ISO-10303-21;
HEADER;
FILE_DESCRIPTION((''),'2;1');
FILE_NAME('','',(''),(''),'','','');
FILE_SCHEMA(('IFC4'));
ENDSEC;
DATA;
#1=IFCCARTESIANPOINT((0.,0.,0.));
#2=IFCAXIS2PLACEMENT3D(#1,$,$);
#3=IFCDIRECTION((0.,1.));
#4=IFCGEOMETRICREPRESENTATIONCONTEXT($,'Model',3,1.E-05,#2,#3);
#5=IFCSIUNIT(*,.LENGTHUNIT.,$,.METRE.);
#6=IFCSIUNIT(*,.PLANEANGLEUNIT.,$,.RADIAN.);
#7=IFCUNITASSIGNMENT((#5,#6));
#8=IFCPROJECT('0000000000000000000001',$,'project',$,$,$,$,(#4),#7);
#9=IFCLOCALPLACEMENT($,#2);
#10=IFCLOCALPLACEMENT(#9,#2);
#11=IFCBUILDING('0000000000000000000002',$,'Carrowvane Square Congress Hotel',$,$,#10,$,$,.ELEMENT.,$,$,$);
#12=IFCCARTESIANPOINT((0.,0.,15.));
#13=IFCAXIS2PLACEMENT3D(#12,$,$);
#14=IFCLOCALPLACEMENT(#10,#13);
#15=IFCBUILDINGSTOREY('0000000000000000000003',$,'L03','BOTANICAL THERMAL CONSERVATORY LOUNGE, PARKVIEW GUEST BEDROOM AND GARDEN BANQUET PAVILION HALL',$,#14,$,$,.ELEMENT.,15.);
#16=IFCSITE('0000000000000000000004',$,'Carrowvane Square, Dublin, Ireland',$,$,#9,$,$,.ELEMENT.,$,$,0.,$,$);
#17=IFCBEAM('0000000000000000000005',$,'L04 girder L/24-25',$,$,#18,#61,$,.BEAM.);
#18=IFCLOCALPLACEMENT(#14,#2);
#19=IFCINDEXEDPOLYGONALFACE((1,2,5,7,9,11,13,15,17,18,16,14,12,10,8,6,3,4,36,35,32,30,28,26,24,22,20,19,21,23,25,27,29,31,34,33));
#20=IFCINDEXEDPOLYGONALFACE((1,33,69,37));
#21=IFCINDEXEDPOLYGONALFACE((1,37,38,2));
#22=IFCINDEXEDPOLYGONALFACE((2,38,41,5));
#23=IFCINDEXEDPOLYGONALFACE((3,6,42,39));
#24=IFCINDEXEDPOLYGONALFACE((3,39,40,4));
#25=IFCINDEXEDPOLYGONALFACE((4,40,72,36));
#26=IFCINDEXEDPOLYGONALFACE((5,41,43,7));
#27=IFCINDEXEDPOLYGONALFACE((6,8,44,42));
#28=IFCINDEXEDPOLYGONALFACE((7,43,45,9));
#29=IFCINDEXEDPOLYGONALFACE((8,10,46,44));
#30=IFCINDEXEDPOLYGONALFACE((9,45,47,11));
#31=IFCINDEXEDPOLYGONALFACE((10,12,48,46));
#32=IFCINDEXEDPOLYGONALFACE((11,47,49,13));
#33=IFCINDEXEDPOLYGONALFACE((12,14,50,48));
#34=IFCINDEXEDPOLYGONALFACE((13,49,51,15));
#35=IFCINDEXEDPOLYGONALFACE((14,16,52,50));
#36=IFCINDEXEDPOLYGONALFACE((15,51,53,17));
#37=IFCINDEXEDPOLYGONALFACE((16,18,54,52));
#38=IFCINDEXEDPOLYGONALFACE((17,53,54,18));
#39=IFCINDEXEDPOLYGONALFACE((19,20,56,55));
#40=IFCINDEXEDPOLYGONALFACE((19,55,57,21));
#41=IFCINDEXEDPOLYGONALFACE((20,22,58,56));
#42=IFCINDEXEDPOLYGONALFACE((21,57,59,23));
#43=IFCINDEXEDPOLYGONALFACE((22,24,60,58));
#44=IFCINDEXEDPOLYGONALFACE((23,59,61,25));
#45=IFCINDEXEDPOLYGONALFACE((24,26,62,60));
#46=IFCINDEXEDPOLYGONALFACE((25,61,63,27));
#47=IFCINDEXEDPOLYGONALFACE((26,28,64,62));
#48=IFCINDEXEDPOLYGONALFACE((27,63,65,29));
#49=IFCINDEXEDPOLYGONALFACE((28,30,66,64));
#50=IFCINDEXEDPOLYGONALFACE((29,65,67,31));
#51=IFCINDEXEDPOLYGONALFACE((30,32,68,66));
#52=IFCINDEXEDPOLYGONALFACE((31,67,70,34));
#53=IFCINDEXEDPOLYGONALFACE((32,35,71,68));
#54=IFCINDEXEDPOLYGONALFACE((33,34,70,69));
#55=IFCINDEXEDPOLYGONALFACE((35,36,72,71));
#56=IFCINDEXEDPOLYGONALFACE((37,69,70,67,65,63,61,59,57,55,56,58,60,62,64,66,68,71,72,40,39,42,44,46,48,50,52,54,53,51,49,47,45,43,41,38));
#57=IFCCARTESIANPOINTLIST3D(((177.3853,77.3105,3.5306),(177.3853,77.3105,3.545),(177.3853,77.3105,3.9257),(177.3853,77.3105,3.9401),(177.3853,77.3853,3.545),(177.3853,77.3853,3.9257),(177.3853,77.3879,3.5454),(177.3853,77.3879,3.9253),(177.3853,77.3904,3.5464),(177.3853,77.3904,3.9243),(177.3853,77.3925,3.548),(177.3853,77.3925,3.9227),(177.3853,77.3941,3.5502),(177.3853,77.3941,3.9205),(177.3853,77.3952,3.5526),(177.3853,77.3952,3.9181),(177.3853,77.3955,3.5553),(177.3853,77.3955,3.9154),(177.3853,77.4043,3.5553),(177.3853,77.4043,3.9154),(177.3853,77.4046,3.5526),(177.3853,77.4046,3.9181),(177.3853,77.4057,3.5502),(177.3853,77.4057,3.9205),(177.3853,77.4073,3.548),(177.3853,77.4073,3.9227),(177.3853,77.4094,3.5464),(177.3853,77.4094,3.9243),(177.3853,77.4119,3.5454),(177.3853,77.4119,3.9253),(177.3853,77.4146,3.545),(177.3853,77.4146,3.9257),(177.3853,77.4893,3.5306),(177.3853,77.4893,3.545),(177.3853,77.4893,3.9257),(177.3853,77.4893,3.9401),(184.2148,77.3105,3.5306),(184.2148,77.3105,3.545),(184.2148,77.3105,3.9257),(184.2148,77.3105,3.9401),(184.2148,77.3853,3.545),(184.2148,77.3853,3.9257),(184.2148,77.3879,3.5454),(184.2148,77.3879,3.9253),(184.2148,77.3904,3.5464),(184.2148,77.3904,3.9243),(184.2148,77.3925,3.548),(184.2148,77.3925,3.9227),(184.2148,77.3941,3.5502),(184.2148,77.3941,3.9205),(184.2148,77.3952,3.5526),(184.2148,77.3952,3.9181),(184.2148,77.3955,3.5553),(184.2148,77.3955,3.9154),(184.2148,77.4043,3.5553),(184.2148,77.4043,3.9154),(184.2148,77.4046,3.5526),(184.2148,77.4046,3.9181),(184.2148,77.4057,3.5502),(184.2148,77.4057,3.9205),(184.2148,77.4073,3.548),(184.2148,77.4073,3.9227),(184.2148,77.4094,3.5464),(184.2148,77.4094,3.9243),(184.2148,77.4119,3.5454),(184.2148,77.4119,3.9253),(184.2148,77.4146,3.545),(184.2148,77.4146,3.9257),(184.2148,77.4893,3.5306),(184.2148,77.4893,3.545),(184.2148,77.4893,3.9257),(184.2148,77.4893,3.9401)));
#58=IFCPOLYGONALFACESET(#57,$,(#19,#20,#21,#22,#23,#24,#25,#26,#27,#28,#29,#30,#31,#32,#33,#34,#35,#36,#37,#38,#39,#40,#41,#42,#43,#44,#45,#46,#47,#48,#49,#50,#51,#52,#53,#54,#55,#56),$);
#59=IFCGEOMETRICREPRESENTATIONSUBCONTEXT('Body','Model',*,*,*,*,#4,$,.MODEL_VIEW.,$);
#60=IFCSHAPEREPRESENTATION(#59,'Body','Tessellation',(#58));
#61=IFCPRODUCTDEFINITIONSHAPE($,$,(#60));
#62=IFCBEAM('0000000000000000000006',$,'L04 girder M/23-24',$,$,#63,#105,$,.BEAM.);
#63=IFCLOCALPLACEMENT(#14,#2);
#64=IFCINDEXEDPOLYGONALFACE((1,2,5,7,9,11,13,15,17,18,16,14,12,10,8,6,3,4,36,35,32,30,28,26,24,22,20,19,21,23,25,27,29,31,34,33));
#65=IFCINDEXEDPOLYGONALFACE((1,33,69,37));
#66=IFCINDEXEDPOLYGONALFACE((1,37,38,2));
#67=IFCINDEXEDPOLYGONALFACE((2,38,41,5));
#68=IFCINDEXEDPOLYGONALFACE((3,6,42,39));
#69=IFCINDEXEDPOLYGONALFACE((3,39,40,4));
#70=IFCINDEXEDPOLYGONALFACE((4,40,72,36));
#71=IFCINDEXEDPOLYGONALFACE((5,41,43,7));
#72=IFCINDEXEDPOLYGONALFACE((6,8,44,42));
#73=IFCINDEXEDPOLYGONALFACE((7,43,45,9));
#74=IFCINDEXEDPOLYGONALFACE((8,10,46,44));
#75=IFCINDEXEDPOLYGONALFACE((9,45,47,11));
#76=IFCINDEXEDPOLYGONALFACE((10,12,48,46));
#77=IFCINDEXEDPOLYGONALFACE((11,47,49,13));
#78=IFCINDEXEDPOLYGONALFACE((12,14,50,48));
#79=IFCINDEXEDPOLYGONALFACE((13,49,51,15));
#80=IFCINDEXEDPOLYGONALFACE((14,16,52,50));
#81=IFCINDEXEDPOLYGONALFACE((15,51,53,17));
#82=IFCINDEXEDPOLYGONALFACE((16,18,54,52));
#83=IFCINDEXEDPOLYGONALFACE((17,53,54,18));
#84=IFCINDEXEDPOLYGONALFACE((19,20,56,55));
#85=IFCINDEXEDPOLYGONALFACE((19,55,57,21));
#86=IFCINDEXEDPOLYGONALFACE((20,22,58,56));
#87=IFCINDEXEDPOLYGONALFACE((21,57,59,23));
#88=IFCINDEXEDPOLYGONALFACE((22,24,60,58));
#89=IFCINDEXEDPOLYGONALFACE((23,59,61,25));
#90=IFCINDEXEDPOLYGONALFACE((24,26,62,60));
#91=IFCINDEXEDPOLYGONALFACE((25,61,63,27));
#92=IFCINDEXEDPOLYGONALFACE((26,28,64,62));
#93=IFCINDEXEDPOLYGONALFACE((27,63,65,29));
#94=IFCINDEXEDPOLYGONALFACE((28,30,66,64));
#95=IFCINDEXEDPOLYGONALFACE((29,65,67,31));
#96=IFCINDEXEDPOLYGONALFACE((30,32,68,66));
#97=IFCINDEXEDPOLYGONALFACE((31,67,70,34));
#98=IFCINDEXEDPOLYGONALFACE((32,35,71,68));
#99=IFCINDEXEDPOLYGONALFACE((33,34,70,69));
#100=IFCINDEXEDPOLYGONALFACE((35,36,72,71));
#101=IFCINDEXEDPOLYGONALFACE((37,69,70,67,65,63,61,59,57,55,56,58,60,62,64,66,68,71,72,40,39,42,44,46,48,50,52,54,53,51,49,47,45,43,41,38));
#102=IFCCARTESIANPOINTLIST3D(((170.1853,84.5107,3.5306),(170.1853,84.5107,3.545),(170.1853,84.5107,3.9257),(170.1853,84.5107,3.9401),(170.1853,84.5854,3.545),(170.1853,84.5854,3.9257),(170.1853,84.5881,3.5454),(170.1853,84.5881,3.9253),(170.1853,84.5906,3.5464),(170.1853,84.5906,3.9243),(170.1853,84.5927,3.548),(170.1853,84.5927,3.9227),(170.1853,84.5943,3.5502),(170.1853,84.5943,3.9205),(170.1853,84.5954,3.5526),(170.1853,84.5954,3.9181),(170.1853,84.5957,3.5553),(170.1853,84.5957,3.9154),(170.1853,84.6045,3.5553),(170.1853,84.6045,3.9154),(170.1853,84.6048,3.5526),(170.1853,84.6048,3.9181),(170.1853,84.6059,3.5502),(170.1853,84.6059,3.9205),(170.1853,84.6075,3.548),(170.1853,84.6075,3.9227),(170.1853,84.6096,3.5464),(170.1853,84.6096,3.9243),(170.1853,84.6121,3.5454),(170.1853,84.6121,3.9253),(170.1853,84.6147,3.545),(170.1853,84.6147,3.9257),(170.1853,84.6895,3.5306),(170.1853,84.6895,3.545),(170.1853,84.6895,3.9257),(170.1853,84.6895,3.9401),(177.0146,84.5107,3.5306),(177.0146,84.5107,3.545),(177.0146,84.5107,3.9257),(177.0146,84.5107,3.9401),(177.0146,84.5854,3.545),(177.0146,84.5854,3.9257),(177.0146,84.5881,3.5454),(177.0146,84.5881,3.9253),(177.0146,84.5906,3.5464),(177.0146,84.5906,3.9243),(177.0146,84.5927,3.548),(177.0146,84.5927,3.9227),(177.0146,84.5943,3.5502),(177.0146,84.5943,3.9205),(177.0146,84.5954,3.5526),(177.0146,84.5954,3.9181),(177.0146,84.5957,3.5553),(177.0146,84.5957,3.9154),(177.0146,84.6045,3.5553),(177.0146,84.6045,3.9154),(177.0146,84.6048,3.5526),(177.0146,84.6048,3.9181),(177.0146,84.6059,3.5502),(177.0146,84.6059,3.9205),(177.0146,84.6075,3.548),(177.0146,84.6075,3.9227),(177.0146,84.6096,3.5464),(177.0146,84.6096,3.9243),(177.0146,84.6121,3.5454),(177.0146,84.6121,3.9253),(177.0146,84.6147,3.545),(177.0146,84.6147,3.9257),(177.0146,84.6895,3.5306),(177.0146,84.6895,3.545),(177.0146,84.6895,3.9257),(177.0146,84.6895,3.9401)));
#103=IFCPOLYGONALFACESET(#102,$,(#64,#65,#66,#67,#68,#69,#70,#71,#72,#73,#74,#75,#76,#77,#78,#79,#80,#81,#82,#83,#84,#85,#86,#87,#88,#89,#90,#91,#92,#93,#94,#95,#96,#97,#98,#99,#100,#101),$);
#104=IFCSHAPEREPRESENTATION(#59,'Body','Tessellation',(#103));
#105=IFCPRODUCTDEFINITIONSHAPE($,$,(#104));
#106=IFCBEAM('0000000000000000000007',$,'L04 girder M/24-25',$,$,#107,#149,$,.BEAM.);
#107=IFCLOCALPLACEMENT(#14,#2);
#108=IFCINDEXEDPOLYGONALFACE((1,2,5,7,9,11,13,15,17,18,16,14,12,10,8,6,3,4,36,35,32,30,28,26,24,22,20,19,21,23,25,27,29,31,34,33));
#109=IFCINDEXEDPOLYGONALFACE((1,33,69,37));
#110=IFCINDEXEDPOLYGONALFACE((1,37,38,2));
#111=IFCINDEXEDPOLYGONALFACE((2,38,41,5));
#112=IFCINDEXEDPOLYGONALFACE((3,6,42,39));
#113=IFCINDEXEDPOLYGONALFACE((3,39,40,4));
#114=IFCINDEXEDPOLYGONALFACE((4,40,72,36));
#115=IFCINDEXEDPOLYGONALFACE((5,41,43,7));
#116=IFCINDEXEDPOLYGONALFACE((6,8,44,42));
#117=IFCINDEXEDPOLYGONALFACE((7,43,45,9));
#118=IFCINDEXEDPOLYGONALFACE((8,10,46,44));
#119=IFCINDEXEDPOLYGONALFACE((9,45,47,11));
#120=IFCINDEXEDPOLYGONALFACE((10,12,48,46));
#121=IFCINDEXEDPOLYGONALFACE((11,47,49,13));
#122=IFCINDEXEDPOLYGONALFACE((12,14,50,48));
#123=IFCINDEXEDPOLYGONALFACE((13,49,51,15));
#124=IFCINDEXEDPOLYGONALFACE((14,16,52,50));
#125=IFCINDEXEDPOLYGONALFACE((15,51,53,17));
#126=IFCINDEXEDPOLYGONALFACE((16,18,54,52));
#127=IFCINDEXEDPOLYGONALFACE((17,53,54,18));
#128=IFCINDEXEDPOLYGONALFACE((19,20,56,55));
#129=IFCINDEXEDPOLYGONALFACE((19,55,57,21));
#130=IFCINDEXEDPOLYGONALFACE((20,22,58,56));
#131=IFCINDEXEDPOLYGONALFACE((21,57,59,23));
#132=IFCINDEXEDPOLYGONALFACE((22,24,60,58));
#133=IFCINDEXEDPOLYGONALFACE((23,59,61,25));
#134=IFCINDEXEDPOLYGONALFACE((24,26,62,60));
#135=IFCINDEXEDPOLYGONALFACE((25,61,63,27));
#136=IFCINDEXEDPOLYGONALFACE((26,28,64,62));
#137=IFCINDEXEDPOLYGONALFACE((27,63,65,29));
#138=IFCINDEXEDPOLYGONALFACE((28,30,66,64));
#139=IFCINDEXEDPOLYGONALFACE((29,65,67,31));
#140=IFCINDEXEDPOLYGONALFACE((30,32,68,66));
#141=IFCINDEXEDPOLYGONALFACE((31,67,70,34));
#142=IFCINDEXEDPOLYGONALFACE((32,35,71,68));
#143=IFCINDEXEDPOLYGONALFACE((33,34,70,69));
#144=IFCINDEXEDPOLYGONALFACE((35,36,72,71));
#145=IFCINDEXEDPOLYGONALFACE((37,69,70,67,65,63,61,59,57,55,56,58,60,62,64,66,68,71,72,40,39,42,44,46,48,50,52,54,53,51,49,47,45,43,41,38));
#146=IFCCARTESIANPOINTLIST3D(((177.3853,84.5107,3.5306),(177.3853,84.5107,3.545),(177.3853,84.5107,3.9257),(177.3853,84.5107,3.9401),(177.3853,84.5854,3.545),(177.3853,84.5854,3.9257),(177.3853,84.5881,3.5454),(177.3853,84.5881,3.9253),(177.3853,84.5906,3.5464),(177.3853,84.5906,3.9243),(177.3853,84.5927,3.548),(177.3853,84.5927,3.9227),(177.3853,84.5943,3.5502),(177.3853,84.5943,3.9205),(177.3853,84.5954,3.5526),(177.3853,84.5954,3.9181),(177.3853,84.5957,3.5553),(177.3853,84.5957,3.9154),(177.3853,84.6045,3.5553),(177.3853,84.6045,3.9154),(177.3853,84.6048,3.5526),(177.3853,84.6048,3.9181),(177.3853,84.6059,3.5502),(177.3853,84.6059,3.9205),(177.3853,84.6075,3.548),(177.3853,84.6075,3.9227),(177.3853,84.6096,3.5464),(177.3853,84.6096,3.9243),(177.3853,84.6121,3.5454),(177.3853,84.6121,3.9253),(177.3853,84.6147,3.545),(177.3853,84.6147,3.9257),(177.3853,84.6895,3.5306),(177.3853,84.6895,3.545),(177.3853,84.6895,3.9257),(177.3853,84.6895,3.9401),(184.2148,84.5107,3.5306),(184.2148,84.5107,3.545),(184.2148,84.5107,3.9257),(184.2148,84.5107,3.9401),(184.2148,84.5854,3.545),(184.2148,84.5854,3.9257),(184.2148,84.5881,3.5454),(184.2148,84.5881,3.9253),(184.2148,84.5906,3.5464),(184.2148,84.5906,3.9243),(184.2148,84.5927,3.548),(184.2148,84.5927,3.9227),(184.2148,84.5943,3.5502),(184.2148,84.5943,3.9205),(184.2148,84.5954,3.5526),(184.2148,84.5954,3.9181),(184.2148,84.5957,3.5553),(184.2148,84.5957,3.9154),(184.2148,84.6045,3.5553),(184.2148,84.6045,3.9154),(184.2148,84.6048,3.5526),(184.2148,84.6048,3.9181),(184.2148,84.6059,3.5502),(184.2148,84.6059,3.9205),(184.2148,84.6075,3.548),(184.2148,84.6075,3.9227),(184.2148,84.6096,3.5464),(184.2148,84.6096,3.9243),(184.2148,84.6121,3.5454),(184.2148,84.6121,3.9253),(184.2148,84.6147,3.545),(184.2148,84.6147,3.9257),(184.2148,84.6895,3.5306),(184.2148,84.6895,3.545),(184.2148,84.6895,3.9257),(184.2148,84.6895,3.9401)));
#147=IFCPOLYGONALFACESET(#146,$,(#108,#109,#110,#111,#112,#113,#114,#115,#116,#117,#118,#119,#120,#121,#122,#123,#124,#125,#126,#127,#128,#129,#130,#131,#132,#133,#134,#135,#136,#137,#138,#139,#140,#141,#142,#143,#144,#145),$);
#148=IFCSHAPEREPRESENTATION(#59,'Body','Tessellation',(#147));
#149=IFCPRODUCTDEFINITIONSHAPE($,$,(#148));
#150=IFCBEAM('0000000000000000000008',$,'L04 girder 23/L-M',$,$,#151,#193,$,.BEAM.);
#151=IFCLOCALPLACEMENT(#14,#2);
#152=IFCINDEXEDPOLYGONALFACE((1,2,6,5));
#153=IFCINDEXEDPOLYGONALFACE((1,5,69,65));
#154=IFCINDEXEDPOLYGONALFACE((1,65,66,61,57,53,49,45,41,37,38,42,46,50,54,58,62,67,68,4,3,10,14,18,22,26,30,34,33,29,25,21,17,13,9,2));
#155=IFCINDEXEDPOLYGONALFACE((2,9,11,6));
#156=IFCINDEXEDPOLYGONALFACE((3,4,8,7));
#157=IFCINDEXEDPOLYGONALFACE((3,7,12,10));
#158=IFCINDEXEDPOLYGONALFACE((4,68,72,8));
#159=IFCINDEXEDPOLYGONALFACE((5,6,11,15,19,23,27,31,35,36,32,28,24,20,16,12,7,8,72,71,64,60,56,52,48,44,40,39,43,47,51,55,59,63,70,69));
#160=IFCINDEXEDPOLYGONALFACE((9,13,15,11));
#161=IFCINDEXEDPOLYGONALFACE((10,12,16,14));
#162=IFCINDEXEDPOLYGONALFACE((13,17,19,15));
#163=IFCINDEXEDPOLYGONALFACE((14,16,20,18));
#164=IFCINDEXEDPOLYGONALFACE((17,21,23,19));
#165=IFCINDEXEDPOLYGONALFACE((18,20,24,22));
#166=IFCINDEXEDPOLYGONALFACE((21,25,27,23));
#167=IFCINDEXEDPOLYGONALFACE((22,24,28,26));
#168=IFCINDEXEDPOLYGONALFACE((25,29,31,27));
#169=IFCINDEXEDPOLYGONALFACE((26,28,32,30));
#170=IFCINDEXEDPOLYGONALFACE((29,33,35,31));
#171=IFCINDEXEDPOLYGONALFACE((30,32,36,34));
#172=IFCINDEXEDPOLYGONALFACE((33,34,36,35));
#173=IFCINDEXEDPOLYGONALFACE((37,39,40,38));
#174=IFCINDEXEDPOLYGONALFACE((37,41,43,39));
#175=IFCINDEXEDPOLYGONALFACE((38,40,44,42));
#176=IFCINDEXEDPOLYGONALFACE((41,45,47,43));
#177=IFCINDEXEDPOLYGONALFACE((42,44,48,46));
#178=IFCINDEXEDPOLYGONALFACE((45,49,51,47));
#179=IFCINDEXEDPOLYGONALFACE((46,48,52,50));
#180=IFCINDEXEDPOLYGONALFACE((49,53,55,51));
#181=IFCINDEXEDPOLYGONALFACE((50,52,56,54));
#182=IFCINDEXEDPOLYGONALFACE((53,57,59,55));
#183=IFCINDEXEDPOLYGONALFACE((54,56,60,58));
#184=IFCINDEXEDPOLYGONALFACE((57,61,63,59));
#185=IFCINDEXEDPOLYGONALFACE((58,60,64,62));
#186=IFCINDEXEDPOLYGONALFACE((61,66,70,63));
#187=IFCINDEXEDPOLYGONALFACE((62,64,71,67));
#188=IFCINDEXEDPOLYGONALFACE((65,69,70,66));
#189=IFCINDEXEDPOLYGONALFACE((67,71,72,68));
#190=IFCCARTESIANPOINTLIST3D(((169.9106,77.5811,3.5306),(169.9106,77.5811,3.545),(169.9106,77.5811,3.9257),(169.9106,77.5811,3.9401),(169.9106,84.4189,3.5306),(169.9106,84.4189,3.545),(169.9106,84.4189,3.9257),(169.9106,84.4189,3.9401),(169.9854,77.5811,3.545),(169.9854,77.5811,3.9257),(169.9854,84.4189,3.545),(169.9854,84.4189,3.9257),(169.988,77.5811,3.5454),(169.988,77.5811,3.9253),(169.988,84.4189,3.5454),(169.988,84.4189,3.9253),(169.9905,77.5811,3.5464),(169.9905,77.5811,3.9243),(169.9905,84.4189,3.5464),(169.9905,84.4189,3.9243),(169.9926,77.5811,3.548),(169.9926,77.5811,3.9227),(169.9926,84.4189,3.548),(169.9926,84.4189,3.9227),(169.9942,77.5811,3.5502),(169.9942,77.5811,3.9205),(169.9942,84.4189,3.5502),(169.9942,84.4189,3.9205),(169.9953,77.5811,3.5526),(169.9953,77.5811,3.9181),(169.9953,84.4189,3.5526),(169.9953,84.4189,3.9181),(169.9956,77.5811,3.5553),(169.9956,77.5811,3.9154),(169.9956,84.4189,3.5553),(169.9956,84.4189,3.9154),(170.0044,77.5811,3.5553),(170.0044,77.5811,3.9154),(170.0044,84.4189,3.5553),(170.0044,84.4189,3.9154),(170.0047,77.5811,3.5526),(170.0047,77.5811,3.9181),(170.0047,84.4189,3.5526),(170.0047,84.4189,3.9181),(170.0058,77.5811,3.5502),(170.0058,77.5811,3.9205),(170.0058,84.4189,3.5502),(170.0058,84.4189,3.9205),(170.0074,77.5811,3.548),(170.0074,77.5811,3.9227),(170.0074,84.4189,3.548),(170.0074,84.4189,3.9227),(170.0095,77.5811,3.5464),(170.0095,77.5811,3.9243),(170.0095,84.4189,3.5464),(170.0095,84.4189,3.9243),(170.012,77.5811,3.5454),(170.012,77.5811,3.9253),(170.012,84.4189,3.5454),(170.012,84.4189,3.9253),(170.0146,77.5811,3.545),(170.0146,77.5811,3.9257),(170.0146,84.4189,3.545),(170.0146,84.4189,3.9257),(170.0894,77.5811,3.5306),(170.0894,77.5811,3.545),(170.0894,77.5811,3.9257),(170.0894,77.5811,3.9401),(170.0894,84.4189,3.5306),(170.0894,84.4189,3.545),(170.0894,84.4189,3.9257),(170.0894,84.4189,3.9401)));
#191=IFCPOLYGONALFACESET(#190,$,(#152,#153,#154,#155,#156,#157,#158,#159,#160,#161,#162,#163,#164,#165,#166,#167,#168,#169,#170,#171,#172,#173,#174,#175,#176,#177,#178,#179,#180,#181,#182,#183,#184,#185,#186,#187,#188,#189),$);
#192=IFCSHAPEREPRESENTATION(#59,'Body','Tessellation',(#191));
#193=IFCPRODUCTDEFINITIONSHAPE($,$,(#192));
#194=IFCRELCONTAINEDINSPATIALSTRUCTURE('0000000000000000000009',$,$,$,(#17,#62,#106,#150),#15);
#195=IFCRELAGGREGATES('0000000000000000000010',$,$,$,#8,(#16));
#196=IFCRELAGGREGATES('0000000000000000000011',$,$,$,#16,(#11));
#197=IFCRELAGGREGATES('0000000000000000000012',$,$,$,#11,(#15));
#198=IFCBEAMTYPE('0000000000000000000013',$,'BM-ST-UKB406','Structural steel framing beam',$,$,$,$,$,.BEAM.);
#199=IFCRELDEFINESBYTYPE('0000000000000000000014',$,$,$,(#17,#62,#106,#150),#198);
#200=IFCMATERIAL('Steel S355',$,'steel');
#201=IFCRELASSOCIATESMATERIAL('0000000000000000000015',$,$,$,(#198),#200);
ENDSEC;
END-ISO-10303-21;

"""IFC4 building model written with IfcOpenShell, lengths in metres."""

from ifc_helpers import new_model, si_unit, direction, frame, origin, origin_2d, place, context, subcontext, project, spatial, i_section, extrude, material, material_profile, profile_set, type_object, element, save


model = new_model("IFC4")

# Units and contexts
model_context = context("Model", 3, precision=1e-05, world=origin(), true_north=direction((0.0, 1.0)))
body_context = subcontext(model_context, "Body", "Model", "MODEL_VIEW")
ifc_project = project(units=[si_unit("LENGTHUNIT", "METRE"), si_unit("PLANEANGLEUNIT", "RADIAN")], contexts=[model_context])

# Site, building, storey
site_placement = place(None, origin())
site = spatial("IfcSite", under=ifc_project, at=site_placement, Name="Carrowvane Square, Dublin, Ireland", CompositionType="ELEMENT", RefElevation=0.0)
building_placement = place(site_placement, origin())
building = spatial("IfcBuilding", under=site, at=building_placement, Name="Carrowvane Square Congress Hotel", CompositionType="ELEMENT")
storey_placement = place(building_placement, frame((0.0, 0.0, 15.0)))
storey = spatial("IfcBuildingStorey", under=building, at=storey_placement, Name="L03", Description="BOTANICAL THERMAL CONSERVATORY LOUNGE, PARKVIEW GUEST BEDROOM AND GARDEN BANQUET PAVILION HALL", CompositionType="ELEMENT", Elevation=15.0)

# Beams
ifc_material_1 = material(Name="Steel S355", Category="steel")
ifc_material_profile_1 = material_profile(ifc_material_1, i_section(OverallWidth=0.1787, OverallDepth=0.4094, WebThickness=0.0088, FlangeThickness=0.0144, FilletRadius=0.0103, at=origin_2d()), Name="UKB 406x178x67")
ifc_profile_set_1 = profile_set([ifc_material_profile_1], Name="Steel S355")
beam_type_1 = type_object("IfcBeamType", Name="BM-ST-UKB406", Description="Structural steel framing beam", PredefinedType="BEAM", material=ifc_profile_set_1)
beam_1_placement = place(storey_placement, frame((177.3853, 77.3999, 3.7354), z_axis=(1.0, 0.0, 0.0), x_axis=(0.0, 1.0, 0.0)))
element("IfcBeam", 1, at=beam_1_placement, inside=storey, type_object=beam_type_1, Name="L04 girder L/24-25", PredefinedType="BEAM", context=body_context, shape_type="SweptSolid", body=[
    extrude(i_section(OverallWidth=0.1787, OverallDepth=0.4094, WebThickness=0.0088, FlangeThickness=0.0144, FilletRadius=0.0103, at=origin_2d()), origin(), (0.0, 0.0, 1.0), 6.8296),
])
beam_2_placement = place(storey_placement, frame((170.1853, 84.6001, 3.7354), z_axis=(1.0, 0.0, 0.0), x_axis=(0.0, 1.0, 0.0)))
element("IfcBeam", 2, at=beam_2_placement, inside=storey, type_object=beam_type_1, Name="L04 girder M/23-24", PredefinedType="BEAM", context=body_context, shape_type="SweptSolid", body=[
    extrude(i_section(OverallWidth=0.1787, OverallDepth=0.4094, WebThickness=0.0088, FlangeThickness=0.0144, FilletRadius=0.0103, at=origin_2d()), origin(), (0.0, 0.0, 1.0), 6.8293),
])
beam_3_placement = place(storey_placement, frame((177.3853, 84.6001, 3.7354), z_axis=(1.0, 0.0, 0.0), x_axis=(0.0, 1.0, 0.0)))
element("IfcBeam", 3, at=beam_3_placement, inside=storey, type_object=beam_type_1, Name="L04 girder M/24-25", PredefinedType="BEAM", context=body_context, shape_type="SweptSolid", body=[
    extrude(i_section(OverallWidth=0.1787, OverallDepth=0.4094, WebThickness=0.0088, FlangeThickness=0.0144, FilletRadius=0.0103, at=origin_2d()), origin(), (0.0, 0.0, 1.0), 6.8296),
])
for number, where, z_axis, x_axis, name in (
    (4, (170.0, 77.5811, 3.7354), (0.0, 1.0, 0.0), (-1.0, 0.0, 0.0), "L04 girder 23/L-M"),
):
    element("IfcBeam", number, at=place(storey_placement, frame(where, z_axis=z_axis, x_axis=x_axis)), inside=storey, type_object=beam_type_1, Name=name, PredefinedType="BEAM", context=body_context, shape_type="SweptSolid", body=[
        extrude(i_section(OverallWidth=0.1787, OverallDepth=0.4094, WebThickness=0.0088, FlangeThickness=0.0144, FilletRadius=0.0103, at=origin_2d()), origin(), (0.0, 0.0, 1.0), 6.8379),
    ])

save(model, "model.ifc")
